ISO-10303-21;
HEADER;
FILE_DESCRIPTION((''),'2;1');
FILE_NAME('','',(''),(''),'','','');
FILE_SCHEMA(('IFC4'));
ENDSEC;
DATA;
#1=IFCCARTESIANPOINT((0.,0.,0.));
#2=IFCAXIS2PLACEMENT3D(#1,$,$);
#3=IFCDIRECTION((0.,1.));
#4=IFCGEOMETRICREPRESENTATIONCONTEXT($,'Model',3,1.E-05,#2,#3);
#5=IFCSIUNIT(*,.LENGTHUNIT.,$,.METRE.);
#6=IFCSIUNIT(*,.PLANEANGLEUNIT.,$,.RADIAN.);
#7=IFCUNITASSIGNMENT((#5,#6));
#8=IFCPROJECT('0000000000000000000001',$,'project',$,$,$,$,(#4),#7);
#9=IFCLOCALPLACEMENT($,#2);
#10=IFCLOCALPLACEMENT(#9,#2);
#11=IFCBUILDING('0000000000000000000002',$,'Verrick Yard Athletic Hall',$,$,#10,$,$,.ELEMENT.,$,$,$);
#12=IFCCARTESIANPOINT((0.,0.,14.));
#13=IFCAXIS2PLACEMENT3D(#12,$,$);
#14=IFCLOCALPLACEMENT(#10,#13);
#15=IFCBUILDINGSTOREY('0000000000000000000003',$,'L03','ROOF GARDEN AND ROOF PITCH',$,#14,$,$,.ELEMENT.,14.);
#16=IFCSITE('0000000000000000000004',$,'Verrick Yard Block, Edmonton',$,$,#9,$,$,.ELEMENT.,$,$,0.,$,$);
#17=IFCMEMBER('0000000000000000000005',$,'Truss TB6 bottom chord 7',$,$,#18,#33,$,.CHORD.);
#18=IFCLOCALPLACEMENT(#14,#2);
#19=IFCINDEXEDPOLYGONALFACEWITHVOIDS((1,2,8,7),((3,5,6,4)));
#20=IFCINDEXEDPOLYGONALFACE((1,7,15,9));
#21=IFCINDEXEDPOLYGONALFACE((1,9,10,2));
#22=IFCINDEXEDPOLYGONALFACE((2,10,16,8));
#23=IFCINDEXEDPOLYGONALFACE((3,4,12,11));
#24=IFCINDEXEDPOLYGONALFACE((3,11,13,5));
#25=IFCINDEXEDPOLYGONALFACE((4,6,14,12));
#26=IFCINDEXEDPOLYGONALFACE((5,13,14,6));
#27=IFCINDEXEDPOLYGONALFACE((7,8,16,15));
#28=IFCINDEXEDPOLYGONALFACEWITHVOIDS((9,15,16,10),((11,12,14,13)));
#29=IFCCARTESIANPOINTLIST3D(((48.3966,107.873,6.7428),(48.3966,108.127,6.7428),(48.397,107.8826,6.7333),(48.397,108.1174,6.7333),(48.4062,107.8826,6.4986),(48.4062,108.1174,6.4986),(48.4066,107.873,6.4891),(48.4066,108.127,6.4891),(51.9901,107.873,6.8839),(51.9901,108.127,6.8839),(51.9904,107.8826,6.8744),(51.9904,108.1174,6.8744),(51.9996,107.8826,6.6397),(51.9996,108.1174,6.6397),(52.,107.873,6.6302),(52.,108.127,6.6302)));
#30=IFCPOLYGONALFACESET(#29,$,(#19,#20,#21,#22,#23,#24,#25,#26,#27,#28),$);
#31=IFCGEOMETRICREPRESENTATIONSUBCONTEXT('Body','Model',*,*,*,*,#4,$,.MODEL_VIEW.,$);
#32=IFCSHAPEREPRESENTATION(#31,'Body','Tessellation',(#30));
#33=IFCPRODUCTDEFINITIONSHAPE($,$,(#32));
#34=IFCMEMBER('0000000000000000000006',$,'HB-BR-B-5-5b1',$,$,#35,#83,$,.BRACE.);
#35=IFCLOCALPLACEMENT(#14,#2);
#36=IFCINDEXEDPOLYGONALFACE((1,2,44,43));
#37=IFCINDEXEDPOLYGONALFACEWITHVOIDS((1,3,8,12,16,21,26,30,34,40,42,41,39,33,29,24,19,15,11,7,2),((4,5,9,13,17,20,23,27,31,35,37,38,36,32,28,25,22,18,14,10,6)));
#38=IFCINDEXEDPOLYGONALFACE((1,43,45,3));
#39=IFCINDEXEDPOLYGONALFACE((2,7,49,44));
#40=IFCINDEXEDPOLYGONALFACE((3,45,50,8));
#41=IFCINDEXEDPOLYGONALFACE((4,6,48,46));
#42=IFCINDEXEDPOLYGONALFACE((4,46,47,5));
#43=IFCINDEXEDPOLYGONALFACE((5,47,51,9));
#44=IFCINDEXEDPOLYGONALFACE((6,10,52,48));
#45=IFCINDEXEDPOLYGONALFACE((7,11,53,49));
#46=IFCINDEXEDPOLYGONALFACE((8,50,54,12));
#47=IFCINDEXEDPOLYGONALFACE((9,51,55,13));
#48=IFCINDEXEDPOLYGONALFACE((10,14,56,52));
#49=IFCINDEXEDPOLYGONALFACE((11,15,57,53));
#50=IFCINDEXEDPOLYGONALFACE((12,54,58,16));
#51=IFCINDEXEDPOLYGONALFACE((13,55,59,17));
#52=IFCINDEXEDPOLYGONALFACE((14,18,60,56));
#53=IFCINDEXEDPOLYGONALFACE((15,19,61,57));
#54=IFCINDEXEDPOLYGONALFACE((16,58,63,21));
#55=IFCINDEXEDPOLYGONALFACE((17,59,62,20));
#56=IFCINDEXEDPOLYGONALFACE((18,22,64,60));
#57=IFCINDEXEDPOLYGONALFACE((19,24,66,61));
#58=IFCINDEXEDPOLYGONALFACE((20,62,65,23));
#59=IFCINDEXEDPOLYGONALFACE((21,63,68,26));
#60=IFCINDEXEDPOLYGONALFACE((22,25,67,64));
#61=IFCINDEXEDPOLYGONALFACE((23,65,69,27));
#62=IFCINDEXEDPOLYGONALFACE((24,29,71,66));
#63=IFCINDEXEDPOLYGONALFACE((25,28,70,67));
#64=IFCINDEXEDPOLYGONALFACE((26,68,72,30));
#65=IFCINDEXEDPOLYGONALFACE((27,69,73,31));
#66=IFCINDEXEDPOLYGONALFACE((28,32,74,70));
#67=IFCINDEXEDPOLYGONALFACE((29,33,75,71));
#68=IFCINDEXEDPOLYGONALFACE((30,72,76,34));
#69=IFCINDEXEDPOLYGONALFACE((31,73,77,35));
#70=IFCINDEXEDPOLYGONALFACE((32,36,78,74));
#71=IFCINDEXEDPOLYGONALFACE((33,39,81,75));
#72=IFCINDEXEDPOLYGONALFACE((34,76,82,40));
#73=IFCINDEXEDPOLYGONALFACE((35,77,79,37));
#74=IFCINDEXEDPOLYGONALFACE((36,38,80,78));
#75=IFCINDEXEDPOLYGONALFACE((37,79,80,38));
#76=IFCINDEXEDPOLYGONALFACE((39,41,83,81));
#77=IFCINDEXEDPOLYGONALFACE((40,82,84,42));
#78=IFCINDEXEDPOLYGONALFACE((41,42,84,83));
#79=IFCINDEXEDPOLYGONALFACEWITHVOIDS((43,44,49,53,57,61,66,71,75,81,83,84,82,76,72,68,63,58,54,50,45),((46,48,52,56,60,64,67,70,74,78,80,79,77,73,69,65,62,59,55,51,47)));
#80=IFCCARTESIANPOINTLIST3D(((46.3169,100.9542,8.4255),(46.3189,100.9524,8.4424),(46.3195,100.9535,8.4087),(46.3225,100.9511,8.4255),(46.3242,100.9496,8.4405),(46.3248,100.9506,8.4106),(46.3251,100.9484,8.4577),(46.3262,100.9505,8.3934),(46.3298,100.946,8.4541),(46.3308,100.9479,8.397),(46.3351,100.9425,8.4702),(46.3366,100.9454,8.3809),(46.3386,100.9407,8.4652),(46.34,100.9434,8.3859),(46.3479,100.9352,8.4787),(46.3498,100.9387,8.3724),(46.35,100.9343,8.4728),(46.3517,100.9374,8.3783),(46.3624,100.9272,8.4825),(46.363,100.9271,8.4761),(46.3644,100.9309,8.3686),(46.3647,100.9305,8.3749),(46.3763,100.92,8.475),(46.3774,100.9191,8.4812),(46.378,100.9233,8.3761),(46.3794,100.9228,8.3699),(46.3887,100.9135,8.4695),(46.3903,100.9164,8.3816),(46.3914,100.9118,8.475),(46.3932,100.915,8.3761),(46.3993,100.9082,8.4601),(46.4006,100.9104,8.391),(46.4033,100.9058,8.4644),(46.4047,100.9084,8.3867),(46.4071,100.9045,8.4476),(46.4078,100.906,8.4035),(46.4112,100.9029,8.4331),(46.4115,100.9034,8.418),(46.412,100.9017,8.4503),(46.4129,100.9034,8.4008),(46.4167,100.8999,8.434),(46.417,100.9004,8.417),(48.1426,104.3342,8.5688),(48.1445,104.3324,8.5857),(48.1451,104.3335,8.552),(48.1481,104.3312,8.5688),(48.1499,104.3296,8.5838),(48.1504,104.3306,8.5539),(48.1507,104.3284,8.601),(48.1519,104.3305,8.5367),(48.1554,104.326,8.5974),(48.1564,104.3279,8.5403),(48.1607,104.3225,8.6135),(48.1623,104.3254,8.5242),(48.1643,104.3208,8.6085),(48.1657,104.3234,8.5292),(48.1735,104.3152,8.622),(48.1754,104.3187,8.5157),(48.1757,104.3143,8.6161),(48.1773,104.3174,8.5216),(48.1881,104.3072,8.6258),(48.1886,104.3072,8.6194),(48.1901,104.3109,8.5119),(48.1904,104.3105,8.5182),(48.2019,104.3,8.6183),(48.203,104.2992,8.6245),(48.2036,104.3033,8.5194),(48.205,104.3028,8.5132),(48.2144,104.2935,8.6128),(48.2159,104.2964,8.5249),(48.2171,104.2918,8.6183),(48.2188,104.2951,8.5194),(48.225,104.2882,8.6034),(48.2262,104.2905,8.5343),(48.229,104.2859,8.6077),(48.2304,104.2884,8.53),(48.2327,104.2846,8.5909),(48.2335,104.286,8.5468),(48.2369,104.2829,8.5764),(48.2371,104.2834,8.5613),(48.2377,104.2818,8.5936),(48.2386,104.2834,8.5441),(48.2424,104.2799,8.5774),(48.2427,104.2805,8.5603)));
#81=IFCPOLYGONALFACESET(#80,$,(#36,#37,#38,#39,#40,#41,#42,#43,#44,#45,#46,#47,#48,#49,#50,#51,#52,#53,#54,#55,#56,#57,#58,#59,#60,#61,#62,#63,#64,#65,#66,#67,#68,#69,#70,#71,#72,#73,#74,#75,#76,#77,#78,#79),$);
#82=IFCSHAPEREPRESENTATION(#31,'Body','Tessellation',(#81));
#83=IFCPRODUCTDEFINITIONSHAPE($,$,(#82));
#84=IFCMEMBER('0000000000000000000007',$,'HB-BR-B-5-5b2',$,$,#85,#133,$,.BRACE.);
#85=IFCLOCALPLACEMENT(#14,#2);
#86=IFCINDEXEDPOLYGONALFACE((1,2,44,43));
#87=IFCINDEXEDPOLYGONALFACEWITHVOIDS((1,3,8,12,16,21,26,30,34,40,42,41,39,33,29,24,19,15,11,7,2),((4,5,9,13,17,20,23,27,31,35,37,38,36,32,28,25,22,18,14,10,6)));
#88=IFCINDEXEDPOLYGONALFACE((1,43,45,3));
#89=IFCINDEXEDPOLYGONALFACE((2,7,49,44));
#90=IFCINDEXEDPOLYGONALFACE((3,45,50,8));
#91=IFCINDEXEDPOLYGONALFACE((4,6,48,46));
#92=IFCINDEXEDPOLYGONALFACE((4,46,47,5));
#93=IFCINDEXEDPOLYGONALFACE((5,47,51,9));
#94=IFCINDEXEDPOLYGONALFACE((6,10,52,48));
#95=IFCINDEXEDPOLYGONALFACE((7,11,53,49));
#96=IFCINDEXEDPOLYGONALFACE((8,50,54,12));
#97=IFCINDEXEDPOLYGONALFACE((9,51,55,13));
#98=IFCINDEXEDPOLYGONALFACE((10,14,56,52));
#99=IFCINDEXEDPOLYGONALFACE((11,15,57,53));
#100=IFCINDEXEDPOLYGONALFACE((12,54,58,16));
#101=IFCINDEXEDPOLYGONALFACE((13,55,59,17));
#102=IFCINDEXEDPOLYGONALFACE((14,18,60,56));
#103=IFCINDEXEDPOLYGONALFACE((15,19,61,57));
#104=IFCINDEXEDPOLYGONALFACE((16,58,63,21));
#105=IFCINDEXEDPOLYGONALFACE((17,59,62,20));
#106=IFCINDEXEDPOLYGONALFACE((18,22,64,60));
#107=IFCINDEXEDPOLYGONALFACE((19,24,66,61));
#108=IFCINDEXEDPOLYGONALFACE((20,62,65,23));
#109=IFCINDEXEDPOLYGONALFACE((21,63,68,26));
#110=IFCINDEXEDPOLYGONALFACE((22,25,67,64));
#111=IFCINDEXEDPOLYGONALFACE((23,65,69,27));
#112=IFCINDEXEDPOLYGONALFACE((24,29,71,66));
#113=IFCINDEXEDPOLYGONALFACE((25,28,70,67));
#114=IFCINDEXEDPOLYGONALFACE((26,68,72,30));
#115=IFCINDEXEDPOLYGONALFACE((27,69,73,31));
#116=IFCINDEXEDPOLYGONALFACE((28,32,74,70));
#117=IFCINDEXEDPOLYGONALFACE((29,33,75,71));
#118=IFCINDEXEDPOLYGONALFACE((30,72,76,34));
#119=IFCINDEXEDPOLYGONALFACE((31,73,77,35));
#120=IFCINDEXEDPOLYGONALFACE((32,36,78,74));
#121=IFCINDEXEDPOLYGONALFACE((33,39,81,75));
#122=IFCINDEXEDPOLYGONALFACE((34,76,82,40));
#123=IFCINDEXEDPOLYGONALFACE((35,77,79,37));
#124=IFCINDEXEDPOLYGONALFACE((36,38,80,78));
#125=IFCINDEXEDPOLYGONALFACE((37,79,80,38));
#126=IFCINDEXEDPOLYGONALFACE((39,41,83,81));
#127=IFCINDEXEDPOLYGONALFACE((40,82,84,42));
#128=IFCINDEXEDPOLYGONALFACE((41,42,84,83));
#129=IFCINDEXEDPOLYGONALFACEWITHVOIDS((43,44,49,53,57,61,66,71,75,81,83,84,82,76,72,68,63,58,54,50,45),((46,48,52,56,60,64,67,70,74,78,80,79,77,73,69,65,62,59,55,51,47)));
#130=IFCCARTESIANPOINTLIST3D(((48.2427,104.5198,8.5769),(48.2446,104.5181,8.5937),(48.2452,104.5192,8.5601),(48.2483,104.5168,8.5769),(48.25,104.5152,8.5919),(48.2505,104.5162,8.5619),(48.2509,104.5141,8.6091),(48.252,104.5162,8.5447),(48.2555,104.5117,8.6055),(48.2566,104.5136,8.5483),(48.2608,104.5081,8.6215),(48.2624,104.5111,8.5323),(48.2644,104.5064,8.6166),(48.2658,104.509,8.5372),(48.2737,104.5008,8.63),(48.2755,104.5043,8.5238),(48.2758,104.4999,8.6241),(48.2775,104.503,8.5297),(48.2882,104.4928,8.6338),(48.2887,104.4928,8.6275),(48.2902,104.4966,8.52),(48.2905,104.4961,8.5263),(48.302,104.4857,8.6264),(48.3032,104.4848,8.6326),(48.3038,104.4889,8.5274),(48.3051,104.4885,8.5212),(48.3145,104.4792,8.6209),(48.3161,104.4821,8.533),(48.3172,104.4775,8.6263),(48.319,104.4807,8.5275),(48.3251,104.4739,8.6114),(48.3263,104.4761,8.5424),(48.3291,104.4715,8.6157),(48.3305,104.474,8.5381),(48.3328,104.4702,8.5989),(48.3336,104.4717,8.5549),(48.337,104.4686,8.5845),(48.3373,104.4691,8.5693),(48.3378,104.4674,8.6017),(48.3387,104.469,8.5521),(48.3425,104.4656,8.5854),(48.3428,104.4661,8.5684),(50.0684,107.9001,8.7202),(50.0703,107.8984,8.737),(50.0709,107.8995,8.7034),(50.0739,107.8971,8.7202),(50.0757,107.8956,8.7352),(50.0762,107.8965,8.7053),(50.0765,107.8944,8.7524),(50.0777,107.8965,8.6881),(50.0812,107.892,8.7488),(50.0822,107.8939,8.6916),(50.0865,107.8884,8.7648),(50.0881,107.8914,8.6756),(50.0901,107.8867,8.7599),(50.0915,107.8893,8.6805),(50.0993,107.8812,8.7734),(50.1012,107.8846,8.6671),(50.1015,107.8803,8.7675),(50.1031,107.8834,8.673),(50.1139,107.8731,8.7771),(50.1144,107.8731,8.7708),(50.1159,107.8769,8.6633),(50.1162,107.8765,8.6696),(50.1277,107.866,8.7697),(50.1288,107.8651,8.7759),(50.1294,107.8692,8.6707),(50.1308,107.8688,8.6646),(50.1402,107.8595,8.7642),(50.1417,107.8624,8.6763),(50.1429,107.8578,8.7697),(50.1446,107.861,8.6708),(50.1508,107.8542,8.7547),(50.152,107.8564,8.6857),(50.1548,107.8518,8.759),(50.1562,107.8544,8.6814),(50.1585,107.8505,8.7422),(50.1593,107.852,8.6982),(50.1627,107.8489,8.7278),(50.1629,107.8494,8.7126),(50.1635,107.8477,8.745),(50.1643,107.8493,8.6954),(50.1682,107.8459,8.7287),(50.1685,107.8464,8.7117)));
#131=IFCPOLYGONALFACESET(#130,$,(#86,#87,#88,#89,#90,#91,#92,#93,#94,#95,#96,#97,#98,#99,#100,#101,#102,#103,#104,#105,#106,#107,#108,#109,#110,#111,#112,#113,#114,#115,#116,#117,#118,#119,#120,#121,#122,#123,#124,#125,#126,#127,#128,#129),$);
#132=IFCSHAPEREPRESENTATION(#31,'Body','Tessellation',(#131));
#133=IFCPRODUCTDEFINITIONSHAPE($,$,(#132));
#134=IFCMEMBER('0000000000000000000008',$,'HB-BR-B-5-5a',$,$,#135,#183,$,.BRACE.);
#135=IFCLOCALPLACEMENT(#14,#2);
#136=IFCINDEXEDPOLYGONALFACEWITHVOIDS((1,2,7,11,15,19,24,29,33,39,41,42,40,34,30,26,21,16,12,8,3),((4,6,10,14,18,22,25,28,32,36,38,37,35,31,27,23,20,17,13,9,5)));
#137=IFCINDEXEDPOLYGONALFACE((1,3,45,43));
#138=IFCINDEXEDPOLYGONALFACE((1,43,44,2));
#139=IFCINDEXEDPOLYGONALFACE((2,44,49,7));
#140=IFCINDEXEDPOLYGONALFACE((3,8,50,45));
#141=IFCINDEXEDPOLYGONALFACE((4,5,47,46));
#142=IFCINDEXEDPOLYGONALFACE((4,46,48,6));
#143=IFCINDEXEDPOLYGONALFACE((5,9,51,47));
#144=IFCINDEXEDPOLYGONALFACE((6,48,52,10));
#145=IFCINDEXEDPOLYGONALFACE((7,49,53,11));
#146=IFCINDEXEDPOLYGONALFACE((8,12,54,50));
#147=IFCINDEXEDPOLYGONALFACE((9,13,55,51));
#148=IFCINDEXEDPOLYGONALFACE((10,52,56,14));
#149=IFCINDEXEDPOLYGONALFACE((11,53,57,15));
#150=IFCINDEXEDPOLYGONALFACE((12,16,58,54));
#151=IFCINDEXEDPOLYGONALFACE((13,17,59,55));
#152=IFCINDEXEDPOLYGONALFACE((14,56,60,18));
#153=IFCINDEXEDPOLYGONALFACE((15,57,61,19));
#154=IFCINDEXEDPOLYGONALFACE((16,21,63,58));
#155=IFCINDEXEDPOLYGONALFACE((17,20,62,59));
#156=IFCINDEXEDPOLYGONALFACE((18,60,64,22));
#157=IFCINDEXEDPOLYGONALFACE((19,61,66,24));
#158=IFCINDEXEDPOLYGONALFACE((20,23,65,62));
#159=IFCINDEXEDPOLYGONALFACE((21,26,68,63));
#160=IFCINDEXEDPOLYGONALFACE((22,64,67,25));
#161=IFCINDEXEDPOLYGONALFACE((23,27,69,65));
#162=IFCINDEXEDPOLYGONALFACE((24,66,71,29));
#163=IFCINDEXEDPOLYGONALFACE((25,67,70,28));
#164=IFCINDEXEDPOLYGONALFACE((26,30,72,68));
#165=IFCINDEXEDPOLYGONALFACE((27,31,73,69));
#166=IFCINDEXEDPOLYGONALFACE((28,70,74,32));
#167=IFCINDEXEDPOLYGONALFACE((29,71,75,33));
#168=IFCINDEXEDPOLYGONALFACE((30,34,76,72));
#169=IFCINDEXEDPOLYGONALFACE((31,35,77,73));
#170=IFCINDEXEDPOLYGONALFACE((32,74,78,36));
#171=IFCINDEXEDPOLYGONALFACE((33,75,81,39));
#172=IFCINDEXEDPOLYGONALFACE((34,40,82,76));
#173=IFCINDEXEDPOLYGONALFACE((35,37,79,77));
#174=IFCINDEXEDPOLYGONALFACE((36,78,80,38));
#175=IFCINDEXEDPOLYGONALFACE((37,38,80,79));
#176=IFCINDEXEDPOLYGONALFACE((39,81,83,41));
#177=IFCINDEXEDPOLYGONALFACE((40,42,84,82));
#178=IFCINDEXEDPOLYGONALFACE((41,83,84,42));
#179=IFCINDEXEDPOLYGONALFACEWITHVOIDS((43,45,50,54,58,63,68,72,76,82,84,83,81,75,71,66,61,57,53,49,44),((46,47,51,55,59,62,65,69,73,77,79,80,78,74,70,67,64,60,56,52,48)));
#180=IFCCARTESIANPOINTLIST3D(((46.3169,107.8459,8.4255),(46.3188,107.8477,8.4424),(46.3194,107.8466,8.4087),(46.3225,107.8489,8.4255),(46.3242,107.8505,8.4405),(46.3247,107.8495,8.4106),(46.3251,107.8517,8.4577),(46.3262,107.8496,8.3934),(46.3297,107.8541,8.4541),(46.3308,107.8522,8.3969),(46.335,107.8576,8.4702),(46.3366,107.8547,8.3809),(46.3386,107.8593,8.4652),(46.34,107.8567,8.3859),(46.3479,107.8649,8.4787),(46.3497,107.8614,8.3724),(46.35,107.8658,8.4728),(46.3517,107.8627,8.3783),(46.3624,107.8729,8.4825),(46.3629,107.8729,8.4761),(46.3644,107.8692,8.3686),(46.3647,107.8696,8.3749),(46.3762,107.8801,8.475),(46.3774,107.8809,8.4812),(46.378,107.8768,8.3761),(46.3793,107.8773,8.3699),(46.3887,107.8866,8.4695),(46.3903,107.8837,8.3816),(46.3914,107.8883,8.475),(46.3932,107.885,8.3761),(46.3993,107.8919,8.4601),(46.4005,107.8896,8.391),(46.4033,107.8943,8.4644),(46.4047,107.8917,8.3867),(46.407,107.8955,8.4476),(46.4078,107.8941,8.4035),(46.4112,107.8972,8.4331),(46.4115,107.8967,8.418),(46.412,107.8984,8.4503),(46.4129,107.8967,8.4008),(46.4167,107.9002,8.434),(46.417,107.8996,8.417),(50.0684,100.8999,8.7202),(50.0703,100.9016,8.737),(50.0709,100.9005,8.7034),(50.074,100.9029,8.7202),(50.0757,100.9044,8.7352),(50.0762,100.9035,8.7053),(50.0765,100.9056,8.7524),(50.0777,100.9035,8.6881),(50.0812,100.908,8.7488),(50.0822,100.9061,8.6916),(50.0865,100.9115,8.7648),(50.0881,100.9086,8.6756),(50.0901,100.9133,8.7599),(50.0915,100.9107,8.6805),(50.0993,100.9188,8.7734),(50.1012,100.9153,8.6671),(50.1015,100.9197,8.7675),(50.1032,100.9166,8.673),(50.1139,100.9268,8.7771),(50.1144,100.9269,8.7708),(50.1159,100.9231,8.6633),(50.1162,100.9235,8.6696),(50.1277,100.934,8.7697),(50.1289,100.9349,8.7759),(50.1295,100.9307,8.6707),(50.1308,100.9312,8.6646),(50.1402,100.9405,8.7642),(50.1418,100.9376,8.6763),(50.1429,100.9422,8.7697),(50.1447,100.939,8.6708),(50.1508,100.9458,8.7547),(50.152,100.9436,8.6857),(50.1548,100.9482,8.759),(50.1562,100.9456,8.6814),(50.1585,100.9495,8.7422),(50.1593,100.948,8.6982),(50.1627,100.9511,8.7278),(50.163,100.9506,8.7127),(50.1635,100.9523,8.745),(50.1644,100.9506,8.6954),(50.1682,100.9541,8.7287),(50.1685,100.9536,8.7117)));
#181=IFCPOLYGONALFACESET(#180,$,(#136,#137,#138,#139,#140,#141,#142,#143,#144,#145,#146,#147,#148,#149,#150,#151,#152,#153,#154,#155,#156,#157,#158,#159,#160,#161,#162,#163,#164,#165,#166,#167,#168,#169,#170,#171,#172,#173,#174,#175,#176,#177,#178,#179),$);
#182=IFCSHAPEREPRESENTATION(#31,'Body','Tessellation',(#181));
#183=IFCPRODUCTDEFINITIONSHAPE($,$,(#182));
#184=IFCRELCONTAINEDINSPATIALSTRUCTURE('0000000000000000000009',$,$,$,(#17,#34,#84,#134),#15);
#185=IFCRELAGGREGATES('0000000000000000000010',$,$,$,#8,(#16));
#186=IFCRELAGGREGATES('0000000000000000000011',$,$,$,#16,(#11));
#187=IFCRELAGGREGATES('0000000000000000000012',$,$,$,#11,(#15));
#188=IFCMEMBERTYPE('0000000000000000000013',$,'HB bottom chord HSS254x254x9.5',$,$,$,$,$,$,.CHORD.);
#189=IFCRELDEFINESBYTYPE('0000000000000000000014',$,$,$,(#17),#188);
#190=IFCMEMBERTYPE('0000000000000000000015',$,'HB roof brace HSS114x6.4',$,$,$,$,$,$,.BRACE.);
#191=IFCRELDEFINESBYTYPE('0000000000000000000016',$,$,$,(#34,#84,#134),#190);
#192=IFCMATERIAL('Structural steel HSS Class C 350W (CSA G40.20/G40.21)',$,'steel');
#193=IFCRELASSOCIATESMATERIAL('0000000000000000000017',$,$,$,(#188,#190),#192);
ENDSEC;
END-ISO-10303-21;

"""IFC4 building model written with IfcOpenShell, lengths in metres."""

from ifc_helpers import new_model, si_unit, direction, frame, origin, origin_2d, place, context, subcontext, project, spatial, hollow_rectangle, hollow_circle, extrude, material, material_profile, profile_set, type_object, element, save


model = new_model("IFC4")

# Units and contexts
model_context = context("Model", 3, precision=1e-05, world=origin(), true_north=direction((0.0, 1.0)))
body_context = subcontext(model_context, "Body", "Model", "MODEL_VIEW")
ifc_project = project(units=[si_unit("LENGTHUNIT", "METRE"), si_unit("PLANEANGLEUNIT", "RADIAN")], contexts=[model_context])

# Site, building, storey
site_placement = place(None, origin())
site = spatial("IfcSite", under=ifc_project, at=site_placement, Name="Verrick Yard Block, Edmonton", CompositionType="ELEMENT", RefElevation=0.0)
building_placement = place(site_placement, origin())
building = spatial("IfcBuilding", under=site, at=building_placement, Name="Verrick Yard Athletic Hall", CompositionType="ELEMENT")
storey_placement = place(building_placement, frame((0.0, 0.0, 14.0)))
storey = spatial("IfcBuildingStorey", under=building, at=storey_placement, Name="L03", Description="ROOF GARDEN AND ROOF PITCH", CompositionType="ELEMENT", Elevation=14.0)

# Members
ifc_material_1 = material(Name="Structural steel HSS Class C 350W (CSA G40.20/G40.21)", Category="steel")
ifc_material_profile_1 = material_profile(ifc_material_1, hollow_rectangle(XDim=0.2539, YDim=0.2539, WallThickness=0.0095, at=origin_2d()), Name="HSS254x254x9.5")
ifc_profile_set_1 = profile_set([ifc_material_profile_1], Name="Structural steel HSS Class C 350W (CSA G40.20/G40.21)")
member_type_1 = type_object("IfcMemberType", Name="HB bottom chord HSS254x254x9.5", PredefinedType="CHORD", material=ifc_profile_set_1)
member_1_placement = place(storey_placement, frame((48.4016, 108.0, 6.616), z_axis=(0.99923, 0.0, 0.039239), x_axis=(0.0, 1.0, 0.0)))
element("IfcMember", 1, at=member_1_placement, inside=storey, type_object=member_type_1, Name="Truss TB6 bottom chord 7", PredefinedType="CHORD", context=body_context, shape_type="SweptSolid", body=[
    extrude(hollow_rectangle(XDim=0.2539, YDim=0.2539, WallThickness=0.0095, at=origin_2d()), origin(), (0.0, 0.0, 1.0), 3.5962),
])
ifc_material_profile_2 = material_profile(ifc_material_1, hollow_circle(Radius=0.0571, WallThickness=0.0063, at=origin_2d()), Name="HSS114x6.4")
ifc_profile_set_2 = profile_set([ifc_material_profile_2], Name="Structural steel HSS Class C 350W (CSA G40.20/G40.21)")
member_type_2 = type_object("IfcMemberType", Name="HB roof brace HSS114x6.4", PredefinedType="BRACE", material=ifc_profile_set_2)
member_2_placement = place(storey_placement, frame((46.3672, 100.927, 8.4255), z_axis=(0.474902, 0.879249, 0.037278), x_axis=(-0.87986, 0.475233, 0.0)))
element("IfcMember", 2, at=member_2_placement, inside=storey, type_object=member_type_2, Name="HB-BR-B-5-5b1", PredefinedType="BRACE", context=body_context, shape_type="SweptSolid", body=[
    extrude(hollow_circle(Radius=0.0571, WallThickness=0.0063, at=origin_2d()), origin(), (0.0, 0.0, 1.0), 3.8442),
])
member_3_placement = place(storey_placement, frame((48.293, 104.4927, 8.5769), z_axis=(0.474876, 0.879263, 0.037276), x_axis=(-0.879875, 0.475206, 0.0)))
element("IfcMember", 3, at=member_3_placement, inside=storey, type_object=member_type_2, Name="HB-BR-B-5-5b2", PredefinedType="BRACE", context=body_context, shape_type="SweptSolid", body=[
    extrude(hollow_circle(Radius=0.0571, WallThickness=0.0063, at=origin_2d()), origin(), (0.0, 0.0, 1.0), 3.8445),
])
member_4_placement = place(storey_placement, frame((50.1187, 100.927, 8.7202), z_axis=(-0.474877, 0.879261, -0.037302), x_axis=(-0.879874, -0.475208, 0.0)))
element("IfcMember", 4, at=member_4_placement, inside=storey, type_object=member_type_2, Name="HB-BR-B-5-5a", PredefinedType="BRACE", context=body_context, shape_type="SweptSolid", body=[
    extrude(hollow_circle(Radius=0.0571, WallThickness=0.0063, at=origin_2d()), origin(), (0.0, 0.0, 1.0), 7.8999),
])

save(model, "model.ifc")
